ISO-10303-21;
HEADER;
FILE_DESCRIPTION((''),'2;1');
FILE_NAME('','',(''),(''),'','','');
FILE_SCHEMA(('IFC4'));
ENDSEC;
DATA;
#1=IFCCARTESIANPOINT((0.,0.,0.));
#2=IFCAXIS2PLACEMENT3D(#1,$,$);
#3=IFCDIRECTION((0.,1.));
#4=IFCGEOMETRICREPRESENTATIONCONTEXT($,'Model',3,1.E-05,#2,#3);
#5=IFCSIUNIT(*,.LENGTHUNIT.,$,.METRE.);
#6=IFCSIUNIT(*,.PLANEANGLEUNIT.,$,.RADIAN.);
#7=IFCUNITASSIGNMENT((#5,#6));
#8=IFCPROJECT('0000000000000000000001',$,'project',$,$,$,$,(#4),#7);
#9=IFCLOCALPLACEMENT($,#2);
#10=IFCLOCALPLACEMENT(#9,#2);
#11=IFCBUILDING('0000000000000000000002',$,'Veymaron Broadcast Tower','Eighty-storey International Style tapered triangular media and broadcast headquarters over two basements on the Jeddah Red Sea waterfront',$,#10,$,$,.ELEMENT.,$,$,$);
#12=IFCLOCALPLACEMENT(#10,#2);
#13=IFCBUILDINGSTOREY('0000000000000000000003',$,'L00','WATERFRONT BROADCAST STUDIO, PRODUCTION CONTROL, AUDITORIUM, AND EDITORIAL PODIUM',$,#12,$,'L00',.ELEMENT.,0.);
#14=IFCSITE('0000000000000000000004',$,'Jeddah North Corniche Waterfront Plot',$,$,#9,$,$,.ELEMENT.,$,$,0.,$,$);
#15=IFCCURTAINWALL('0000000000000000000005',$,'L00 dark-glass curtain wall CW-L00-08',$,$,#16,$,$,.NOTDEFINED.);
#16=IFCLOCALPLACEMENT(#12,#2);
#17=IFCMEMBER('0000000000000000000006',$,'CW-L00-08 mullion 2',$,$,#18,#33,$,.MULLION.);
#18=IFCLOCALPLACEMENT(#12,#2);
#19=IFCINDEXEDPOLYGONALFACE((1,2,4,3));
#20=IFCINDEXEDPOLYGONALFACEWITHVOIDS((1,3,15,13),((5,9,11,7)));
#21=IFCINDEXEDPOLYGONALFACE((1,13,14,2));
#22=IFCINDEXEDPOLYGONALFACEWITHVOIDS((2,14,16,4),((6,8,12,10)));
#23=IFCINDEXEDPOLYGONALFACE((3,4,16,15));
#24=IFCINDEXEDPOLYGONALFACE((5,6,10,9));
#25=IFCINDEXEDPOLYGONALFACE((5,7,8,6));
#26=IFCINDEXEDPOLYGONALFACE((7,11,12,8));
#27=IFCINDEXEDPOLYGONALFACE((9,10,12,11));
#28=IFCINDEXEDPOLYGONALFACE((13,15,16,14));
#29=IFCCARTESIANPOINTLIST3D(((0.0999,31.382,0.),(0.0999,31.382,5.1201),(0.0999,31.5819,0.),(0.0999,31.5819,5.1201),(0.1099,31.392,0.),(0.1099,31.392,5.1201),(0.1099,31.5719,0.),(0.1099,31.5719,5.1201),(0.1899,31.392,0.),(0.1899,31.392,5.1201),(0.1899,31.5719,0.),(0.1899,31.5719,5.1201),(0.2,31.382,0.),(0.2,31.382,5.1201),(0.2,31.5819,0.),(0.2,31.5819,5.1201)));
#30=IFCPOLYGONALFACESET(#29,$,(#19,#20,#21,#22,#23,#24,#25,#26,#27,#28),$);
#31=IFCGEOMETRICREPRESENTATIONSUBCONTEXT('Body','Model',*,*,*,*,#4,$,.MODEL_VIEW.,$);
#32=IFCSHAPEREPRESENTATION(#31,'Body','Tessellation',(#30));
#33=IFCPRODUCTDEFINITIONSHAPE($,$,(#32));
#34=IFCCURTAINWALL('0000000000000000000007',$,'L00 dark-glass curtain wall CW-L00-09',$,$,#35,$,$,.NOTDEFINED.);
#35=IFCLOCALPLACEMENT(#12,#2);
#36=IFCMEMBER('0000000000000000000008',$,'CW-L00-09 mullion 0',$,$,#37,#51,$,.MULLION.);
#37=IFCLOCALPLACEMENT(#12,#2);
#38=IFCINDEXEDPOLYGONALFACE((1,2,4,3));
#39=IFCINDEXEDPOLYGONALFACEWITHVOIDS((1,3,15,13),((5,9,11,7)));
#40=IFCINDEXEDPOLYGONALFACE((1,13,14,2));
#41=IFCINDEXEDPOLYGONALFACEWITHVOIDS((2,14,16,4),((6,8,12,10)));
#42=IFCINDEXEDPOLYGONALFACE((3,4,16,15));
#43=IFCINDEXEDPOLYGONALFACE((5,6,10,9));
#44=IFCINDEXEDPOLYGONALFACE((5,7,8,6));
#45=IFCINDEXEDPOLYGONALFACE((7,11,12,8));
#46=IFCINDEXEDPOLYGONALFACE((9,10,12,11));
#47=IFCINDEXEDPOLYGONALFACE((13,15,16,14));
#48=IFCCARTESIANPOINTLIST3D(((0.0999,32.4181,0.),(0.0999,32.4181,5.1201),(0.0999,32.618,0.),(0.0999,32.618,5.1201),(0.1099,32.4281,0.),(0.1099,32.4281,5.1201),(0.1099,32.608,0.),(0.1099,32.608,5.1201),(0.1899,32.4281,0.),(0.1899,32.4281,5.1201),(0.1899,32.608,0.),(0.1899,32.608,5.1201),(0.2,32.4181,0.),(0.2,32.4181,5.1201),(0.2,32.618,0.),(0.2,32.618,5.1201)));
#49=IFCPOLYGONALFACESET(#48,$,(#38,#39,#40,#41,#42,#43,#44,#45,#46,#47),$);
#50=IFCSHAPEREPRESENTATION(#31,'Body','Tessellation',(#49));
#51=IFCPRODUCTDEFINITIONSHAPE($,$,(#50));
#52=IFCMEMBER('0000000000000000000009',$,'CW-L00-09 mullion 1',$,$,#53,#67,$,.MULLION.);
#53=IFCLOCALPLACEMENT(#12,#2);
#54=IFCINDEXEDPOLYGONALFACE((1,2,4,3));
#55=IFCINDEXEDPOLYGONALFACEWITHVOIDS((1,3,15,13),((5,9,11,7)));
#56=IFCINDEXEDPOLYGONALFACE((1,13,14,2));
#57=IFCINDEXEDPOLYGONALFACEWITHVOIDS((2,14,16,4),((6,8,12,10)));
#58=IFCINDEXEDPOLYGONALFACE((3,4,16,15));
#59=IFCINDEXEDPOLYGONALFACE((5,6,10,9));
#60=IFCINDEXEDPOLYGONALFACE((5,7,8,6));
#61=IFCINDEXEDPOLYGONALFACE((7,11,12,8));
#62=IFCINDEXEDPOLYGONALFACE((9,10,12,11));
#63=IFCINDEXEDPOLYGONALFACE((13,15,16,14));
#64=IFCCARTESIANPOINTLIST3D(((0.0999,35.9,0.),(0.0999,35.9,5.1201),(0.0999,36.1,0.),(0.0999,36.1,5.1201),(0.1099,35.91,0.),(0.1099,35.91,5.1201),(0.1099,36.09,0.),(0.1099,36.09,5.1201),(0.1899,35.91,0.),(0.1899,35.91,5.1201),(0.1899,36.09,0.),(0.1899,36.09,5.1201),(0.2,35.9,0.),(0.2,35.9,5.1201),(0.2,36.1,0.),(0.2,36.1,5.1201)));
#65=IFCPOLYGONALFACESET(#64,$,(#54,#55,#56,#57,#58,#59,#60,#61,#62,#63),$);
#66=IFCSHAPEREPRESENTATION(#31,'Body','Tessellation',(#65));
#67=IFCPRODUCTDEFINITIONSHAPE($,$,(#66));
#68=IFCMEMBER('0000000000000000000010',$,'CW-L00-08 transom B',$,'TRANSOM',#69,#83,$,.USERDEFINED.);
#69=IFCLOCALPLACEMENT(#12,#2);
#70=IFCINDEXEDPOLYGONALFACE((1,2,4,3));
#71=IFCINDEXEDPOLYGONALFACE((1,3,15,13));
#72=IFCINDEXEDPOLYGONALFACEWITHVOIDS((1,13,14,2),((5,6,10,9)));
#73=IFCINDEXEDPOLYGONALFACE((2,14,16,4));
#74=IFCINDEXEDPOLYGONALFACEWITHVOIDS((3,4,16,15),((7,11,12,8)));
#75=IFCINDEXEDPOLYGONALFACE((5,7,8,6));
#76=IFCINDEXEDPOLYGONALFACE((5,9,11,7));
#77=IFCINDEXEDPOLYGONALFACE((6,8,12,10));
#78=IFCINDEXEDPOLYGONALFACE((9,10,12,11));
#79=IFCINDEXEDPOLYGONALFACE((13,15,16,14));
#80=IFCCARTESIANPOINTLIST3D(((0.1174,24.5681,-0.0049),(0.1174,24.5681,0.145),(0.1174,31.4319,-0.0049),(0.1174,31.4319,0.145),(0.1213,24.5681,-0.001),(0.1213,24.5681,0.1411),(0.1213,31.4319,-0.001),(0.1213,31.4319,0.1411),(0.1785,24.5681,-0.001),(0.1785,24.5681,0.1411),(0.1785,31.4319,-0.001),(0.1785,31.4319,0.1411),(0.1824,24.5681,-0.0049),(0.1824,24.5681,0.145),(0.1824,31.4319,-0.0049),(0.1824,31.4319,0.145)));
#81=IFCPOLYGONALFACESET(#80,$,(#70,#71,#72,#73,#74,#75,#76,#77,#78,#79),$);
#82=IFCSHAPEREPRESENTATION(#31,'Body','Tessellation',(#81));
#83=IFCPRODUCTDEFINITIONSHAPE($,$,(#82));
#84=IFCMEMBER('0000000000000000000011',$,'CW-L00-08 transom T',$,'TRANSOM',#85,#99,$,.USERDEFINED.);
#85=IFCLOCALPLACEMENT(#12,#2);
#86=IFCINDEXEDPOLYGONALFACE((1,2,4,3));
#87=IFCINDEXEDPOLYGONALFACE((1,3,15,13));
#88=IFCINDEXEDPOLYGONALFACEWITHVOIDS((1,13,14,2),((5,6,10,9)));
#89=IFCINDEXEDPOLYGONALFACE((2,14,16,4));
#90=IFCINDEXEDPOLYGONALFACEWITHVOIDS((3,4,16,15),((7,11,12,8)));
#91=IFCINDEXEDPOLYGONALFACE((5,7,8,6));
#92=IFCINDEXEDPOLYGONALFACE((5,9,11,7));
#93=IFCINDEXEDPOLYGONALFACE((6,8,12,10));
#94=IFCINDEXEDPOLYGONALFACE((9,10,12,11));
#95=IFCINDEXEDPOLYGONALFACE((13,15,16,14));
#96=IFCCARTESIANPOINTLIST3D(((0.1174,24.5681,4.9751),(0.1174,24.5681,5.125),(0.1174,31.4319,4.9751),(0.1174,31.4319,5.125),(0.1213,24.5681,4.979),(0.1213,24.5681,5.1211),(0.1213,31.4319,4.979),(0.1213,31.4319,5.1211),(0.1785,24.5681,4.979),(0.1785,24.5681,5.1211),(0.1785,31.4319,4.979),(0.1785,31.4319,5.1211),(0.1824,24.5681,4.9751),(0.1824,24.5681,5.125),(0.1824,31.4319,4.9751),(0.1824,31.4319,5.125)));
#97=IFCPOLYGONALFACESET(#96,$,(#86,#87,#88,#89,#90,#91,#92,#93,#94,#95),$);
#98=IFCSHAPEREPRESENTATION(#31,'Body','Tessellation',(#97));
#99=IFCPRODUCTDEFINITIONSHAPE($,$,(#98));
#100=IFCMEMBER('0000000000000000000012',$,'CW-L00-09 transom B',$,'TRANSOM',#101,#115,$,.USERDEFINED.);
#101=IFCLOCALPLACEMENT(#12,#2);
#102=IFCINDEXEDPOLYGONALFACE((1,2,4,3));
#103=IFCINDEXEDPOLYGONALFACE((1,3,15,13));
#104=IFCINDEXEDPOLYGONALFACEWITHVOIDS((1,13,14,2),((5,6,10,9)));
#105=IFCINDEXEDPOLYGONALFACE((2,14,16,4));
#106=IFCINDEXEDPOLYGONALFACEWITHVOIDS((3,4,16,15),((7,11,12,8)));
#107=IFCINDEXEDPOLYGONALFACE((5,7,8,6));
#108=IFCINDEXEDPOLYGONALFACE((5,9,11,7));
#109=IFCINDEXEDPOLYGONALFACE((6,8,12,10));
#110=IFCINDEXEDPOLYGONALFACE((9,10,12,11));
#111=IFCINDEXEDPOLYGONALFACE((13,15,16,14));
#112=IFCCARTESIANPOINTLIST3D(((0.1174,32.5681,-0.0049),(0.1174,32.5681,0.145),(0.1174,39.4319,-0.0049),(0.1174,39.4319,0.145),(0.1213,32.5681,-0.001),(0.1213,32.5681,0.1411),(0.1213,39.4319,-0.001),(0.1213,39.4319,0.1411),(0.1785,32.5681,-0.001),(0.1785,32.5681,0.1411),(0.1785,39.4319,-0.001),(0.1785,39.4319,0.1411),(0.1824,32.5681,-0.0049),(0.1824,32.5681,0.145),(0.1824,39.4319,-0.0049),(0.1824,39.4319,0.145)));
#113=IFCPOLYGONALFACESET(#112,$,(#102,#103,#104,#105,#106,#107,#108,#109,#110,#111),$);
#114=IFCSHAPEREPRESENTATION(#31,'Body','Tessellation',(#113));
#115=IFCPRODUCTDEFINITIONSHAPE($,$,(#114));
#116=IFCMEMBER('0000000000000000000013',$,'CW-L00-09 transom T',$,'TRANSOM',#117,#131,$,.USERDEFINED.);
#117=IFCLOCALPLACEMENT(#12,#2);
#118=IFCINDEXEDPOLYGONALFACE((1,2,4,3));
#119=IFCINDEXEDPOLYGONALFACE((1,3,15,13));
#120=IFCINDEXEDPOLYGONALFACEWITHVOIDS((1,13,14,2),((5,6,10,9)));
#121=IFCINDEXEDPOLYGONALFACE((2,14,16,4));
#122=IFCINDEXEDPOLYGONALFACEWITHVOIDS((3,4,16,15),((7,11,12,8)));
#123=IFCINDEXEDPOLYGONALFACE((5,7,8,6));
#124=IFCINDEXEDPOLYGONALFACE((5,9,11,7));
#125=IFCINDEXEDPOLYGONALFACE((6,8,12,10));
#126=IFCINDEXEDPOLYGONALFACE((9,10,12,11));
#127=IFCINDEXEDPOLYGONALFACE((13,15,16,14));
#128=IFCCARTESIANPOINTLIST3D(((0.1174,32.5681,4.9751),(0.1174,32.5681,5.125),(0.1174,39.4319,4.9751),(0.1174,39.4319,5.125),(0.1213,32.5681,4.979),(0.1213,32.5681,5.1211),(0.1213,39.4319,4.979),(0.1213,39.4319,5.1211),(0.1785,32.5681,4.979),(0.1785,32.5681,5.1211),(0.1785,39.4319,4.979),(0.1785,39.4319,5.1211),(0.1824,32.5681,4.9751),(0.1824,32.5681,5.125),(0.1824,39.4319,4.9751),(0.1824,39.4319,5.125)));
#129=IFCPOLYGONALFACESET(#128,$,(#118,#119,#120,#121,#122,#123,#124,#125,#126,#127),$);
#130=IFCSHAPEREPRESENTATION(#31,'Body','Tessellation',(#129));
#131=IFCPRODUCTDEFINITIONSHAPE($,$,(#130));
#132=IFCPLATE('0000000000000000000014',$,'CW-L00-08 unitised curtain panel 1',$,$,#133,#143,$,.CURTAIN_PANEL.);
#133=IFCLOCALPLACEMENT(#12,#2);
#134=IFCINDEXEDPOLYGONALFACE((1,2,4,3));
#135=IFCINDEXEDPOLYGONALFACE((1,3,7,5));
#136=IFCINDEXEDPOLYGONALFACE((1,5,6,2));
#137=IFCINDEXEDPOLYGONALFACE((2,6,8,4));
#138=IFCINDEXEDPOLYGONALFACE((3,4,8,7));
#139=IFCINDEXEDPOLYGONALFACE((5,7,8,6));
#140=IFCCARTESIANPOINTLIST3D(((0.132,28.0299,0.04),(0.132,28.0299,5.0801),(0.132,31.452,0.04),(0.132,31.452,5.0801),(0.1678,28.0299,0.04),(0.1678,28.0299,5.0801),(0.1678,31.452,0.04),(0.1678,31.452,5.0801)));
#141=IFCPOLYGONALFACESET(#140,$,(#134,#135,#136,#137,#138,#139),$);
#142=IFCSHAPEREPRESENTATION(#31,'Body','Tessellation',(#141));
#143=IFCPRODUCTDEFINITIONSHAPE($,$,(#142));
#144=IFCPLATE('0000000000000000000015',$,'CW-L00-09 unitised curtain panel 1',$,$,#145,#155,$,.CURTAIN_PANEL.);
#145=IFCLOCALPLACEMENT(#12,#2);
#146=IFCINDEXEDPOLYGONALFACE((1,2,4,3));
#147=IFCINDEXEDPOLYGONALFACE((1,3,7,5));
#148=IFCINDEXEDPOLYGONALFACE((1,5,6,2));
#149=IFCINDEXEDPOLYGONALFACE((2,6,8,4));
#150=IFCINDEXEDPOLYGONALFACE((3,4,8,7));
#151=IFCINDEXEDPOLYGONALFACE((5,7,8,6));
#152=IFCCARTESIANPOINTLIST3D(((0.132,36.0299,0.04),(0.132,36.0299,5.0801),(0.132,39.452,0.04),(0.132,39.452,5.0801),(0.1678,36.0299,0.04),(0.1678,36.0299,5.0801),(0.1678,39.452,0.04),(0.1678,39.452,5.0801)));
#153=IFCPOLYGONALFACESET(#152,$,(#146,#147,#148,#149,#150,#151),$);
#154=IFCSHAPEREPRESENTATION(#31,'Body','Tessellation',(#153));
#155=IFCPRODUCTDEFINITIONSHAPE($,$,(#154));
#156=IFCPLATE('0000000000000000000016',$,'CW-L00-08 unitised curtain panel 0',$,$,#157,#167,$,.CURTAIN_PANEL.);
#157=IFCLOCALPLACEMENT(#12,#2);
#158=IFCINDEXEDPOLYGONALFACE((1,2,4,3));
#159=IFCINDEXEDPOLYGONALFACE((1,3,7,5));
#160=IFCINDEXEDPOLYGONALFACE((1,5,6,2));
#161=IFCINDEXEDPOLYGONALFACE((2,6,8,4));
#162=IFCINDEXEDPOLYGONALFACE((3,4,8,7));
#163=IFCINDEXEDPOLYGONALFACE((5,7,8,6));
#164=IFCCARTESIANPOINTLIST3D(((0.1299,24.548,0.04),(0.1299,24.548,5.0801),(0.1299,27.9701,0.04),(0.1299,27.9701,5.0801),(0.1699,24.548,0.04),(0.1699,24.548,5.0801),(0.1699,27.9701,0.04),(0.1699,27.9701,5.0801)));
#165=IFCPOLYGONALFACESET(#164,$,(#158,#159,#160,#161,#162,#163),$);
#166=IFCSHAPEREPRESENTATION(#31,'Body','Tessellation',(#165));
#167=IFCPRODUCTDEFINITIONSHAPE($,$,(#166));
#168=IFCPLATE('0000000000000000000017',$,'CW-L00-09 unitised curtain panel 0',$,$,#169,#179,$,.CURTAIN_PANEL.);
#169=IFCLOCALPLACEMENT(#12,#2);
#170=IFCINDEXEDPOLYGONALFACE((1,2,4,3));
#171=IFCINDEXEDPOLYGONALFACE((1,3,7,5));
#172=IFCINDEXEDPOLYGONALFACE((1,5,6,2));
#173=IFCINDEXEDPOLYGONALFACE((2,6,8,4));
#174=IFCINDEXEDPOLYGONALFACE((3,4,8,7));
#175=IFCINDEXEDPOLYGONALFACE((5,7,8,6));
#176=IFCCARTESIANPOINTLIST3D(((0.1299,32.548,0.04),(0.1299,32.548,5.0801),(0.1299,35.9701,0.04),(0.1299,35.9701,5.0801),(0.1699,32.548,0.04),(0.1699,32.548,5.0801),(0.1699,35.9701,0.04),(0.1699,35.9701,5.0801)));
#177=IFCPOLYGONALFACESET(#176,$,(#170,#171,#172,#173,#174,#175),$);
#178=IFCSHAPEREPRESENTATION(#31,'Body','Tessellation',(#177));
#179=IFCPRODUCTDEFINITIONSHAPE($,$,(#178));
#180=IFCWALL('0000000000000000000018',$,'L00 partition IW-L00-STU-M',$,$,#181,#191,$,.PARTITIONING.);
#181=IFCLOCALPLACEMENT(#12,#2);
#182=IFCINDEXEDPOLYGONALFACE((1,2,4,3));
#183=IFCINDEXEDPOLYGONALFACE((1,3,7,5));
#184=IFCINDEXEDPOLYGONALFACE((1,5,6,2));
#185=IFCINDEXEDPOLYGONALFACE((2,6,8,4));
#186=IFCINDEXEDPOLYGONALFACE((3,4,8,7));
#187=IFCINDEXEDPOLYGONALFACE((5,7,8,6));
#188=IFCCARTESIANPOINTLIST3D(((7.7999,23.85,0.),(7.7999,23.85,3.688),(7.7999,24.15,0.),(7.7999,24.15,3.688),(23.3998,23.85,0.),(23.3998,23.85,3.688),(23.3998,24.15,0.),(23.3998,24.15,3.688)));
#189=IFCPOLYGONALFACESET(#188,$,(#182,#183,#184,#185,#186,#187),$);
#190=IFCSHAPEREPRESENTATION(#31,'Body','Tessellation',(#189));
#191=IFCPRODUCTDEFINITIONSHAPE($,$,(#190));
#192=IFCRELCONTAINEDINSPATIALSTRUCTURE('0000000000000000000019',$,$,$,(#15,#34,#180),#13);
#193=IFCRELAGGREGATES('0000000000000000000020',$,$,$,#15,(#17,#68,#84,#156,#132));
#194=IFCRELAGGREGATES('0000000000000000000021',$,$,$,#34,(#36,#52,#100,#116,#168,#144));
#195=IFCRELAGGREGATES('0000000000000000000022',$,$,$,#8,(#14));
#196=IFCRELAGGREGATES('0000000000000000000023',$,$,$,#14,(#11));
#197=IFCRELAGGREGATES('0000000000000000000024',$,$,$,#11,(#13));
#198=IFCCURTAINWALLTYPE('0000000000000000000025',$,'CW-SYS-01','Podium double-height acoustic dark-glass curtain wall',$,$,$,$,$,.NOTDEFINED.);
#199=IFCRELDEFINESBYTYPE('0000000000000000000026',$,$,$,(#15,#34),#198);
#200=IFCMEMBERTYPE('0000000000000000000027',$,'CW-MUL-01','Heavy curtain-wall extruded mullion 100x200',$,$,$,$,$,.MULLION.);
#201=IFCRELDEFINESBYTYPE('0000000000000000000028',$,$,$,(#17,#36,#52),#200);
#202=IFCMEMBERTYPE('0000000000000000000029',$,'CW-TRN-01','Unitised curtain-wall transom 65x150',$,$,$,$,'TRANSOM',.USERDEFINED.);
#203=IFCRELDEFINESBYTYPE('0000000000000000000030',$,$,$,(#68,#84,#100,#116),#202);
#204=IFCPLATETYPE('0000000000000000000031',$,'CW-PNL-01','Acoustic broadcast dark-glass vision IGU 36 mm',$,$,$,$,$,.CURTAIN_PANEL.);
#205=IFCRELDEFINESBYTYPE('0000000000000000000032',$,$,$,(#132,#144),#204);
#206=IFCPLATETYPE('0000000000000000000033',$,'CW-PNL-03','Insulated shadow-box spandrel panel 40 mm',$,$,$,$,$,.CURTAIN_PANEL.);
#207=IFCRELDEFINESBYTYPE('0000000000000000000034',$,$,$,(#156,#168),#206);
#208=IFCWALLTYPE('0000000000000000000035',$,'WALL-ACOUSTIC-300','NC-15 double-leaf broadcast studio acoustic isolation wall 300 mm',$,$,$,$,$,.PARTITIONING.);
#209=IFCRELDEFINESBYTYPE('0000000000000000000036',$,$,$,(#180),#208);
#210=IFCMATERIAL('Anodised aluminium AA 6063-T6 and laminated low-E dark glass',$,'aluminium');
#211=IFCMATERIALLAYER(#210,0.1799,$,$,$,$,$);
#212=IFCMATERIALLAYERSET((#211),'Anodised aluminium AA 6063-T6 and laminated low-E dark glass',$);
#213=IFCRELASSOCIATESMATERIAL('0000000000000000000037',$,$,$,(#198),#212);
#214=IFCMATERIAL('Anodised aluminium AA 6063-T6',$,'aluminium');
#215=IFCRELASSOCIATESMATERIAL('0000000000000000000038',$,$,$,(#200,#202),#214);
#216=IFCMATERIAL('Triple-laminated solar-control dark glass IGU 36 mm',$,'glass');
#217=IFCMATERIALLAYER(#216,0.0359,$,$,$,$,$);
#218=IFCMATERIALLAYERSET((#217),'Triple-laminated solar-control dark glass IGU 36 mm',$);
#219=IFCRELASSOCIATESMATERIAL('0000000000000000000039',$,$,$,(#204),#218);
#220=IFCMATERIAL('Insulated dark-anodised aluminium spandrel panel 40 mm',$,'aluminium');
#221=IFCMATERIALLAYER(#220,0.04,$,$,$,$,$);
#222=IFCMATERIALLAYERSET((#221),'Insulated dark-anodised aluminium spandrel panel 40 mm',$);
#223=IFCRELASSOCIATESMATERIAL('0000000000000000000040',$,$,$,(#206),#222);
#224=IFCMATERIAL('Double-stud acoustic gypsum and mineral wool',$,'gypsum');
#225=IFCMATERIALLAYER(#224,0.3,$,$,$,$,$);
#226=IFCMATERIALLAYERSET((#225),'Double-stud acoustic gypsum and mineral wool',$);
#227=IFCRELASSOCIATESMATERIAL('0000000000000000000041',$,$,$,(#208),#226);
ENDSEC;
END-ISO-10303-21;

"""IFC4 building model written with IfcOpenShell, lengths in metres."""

from ifc_helpers import new_model, si_unit, direction, frame, frame_2d, origin, origin_2d, place, context, subcontext, project, spatial, rectangle, hollow_rectangle, extrude, material, layer, layer_set, material_profile, profile_set, type_object, element, aggregate, save


model = new_model("IFC4")

# Units and contexts
model_context = context("Model", 3, precision=1e-05, world=origin(), true_north=direction((0.0, 1.0)))
body_context = subcontext(model_context, "Body", "Model", "MODEL_VIEW")
ifc_project = project(units=[si_unit("LENGTHUNIT", "METRE"), si_unit("PLANEANGLEUNIT", "RADIAN")], contexts=[model_context])

# Site, building, storey
site_placement = place(None, origin())
site = spatial("IfcSite", under=ifc_project, at=site_placement, Name="Jeddah North Corniche Waterfront Plot", CompositionType="ELEMENT", RefElevation=0.0)
building_placement = place(site_placement, origin())
building = spatial("IfcBuilding", under=site, at=building_placement, Name="Veymaron Broadcast Tower", Description="Eighty-storey International Style tapered triangular media and broadcast headquarters over two basements on the Jeddah Red Sea waterfront", CompositionType="ELEMENT")
storey_placement = place(building_placement, origin())
storey = spatial("IfcBuildingStorey", under=building, at=storey_placement, Name="L00", Description="WATERFRONT BROADCAST STUDIO, PRODUCTION CONTROL, AUDITORIUM, AND EDITORIAL PODIUM", LongName="L00", CompositionType="ELEMENT", Elevation=0.0)

# Shared definitions
ifc_material_1 = material(Name="Anodised aluminium AA 6063-T6 and laminated low-E dark glass", Category="aluminium")
ifc_layer_1 = layer(ifc_material_1, 0.1799)
ifc_layer_set_1 = layer_set([ifc_layer_1], Name="Anodised aluminium AA 6063-T6 and laminated low-E dark glass")
curtain_wall_type = type_object("IfcCurtainWallType", Name="CW-SYS-01", Description="Podium double-height acoustic dark-glass curtain wall", PredefinedType="NOTDEFINED", material=ifc_layer_set_1)
ifc_material_2 = material(Name="Anodised aluminium AA 6063-T6", Category="aluminium")
ifc_material_profile_1 = material_profile(ifc_material_2, hollow_rectangle(XDim=0.1001, YDim=0.2, WallThickness=0.01, at=origin_2d()), Name="RHS200X100X10")
ifc_profile_set_1 = profile_set([ifc_material_profile_1], Name="Anodised aluminium AA 6063-T6")
member_type_1 = type_object("IfcMemberType", Name="CW-MUL-01", Description="Heavy curtain-wall extruded mullion 100x200", PredefinedType="MULLION", material=ifc_profile_set_1)

# Curtain walls, members
curtain_wall_1_placement = place(storey_placement, origin())
curtain_wall_1 = element("IfcCurtainWall", 1, at=curtain_wall_1_placement, inside=storey, type_object=curtain_wall_type, Name="L00 dark-glass curtain wall CW-L00-08", PredefinedType="NOTDEFINED")
member_1_placement = place(storey_placement, frame((0.1499, 31.4819, 0.0), z_axis=(0.0, 0.0, 1.0), x_axis=(1.0, 0.0, 0.0)))
member_1 = element("IfcMember", 2, at=member_1_placement, type_object=member_type_1, Name="CW-L00-08 mullion 2", PredefinedType="MULLION", context=body_context, shape_type="SweptSolid", body=[
    extrude(hollow_rectangle(XDim=0.1001, YDim=0.2, WallThickness=0.01, at=origin_2d()), origin(), (0.0, 0.0, 1.0), 5.1201),
])
curtain_wall_2_placement = place(storey_placement, origin())
curtain_wall_2 = element("IfcCurtainWall", 3, at=curtain_wall_2_placement, inside=storey, type_object=curtain_wall_type, Name="L00 dark-glass curtain wall CW-L00-09", PredefinedType="NOTDEFINED")
member_2_placement = place(storey_placement, frame((0.1499, 32.5181, 0.0), z_axis=(0.0, 0.0, 1.0), x_axis=(1.0, 0.0, 0.0)))
member_2 = element("IfcMember", 4, at=member_2_placement, type_object=member_type_1, Name="CW-L00-09 mullion 0", PredefinedType="MULLION", context=body_context, shape_type="SweptSolid", body=[
    extrude(hollow_rectangle(XDim=0.1001, YDim=0.2, WallThickness=0.01, at=origin_2d()), origin(), (0.0, 0.0, 1.0), 5.1201),
])
member_3_placement = place(storey_placement, frame((0.1499, 36.0, 0.0), z_axis=(0.0, 0.0, 1.0), x_axis=(1.0, 0.0, 0.0)))
member_3 = element("IfcMember", 5, at=member_3_placement, type_object=member_type_1, Name="CW-L00-09 mullion 1", PredefinedType="MULLION", context=body_context, shape_type="SweptSolid", body=[
    extrude(hollow_rectangle(XDim=0.1001, YDim=0.2, WallThickness=0.01, at=origin_2d()), origin(), (0.0, 0.0, 1.0), 5.1201),
])

# Members
ifc_material_profile_2 = material_profile(ifc_material_2, hollow_rectangle(XDim=0.0649, YDim=0.1499, WallThickness=0.0039, at=origin_2d()), Name="AL150X65X4")
ifc_profile_set_2 = profile_set([ifc_material_profile_2], Name="Anodised aluminium AA 6063-T6")
member_type_2 = type_object("IfcMemberType", Name="CW-TRN-01", Description="Unitised curtain-wall transom 65x150", ElementType="TRANSOM", PredefinedType="USERDEFINED", material=ifc_profile_set_2)
member_4_placement = place(storey_placement, frame((0.1499, 24.5681, 0.0701), z_axis=(0.0, 1.0, 0.0), x_axis=(-1.0, 0.0, 0.0)))
member_4 = element("IfcMember", 6, at=member_4_placement, type_object=member_type_2, Name="CW-L00-08 transom B", ObjectType="TRANSOM", PredefinedType="USERDEFINED", context=body_context, shape_type="SweptSolid", body=[
    extrude(hollow_rectangle(XDim=0.0649, YDim=0.1499, WallThickness=0.0039, at=origin_2d()), origin(), (0.0, 0.0, 1.0), 6.8638),
])
member_5_placement = place(storey_placement, frame((0.1499, 24.5681, 5.05), z_axis=(0.0, 1.0, 0.0), x_axis=(-1.0, 0.0, 0.0)))
member_5 = element("IfcMember", 7, at=member_5_placement, type_object=member_type_2, Name="CW-L00-08 transom T", ObjectType="TRANSOM", PredefinedType="USERDEFINED", context=body_context, shape_type="SweptSolid", body=[
    extrude(hollow_rectangle(XDim=0.0649, YDim=0.1499, WallThickness=0.0039, at=origin_2d()), origin(), (0.0, 0.0, 1.0), 6.8638),
])
member_6_placement = place(storey_placement, frame((0.1499, 32.5681, 0.0701), z_axis=(0.0, 1.0, 0.0), x_axis=(-1.0, 0.0, 0.0)))
member_6 = element("IfcMember", 8, at=member_6_placement, type_object=member_type_2, Name="CW-L00-09 transom B", ObjectType="TRANSOM", PredefinedType="USERDEFINED", context=body_context, shape_type="SweptSolid", body=[
    extrude(hollow_rectangle(XDim=0.0649, YDim=0.1499, WallThickness=0.0039, at=origin_2d()), origin(), (0.0, 0.0, 1.0), 6.8638),
])
member_7_placement = place(storey_placement, frame((0.1499, 32.5681, 5.05), z_axis=(0.0, 1.0, 0.0), x_axis=(-1.0, 0.0, 0.0)))
member_7 = element("IfcMember", 9, at=member_7_placement, type_object=member_type_2, Name="CW-L00-09 transom T", ObjectType="TRANSOM", PredefinedType="USERDEFINED", context=body_context, shape_type="SweptSolid", body=[
    extrude(hollow_rectangle(XDim=0.0649, YDim=0.1499, WallThickness=0.0039, at=origin_2d()), origin(), (0.0, 0.0, 1.0), 6.8638),
])

# Plates
ifc_material_3 = material(Name="Triple-laminated solar-control dark glass IGU 36 mm", Category="glass")
ifc_layer_2 = layer(ifc_material_3, 0.0359)
ifc_layer_set_2 = layer_set([ifc_layer_2], Name="Triple-laminated solar-control dark glass IGU 36 mm")
plate_type_1 = type_object("IfcPlateType", Name="CW-PNL-01", Description="Acoustic broadcast dark-glass vision IGU 36 mm", PredefinedType="CURTAIN_PANEL", material=ifc_layer_set_2)
plate_1_placement = place(storey_placement, frame((0.1499, 29.741, 0.04), z_axis=(0.0, 0.0, 1.0), x_axis=(0.0, 1.0, 0.0)))
plate_1 = element("IfcPlate", 10, at=plate_1_placement, type_object=plate_type_1, Name="CW-L00-08 unitised curtain panel 1", PredefinedType="CURTAIN_PANEL", context=body_context, shape_type="SweptSolid", body=[
    extrude(rectangle(XDim=3.4221, YDim=0.0359, at=origin_2d()), origin(), (0.0, 0.0, 1.0), 5.04),
])
plate_2_placement = place(storey_placement, frame((0.1499, 37.741, 0.04), z_axis=(0.0, 0.0, 1.0), x_axis=(0.0, 1.0, 0.0)))
plate_2 = element("IfcPlate", 11, at=plate_2_placement, type_object=plate_type_1, Name="CW-L00-09 unitised curtain panel 1", PredefinedType="CURTAIN_PANEL", context=body_context, shape_type="SweptSolid", body=[
    extrude(rectangle(XDim=3.4221, YDim=0.0359, at=origin_2d()), origin(), (0.0, 0.0, 1.0), 5.04),
])
ifc_material_4 = material(Name="Insulated dark-anodised aluminium spandrel panel 40 mm", Category="aluminium")
ifc_layer_3 = layer(ifc_material_4, 0.04)
ifc_layer_set_3 = layer_set([ifc_layer_3], Name="Insulated dark-anodised aluminium spandrel panel 40 mm")
plate_type_2 = type_object("IfcPlateType", Name="CW-PNL-03", Description="Insulated shadow-box spandrel panel 40 mm", PredefinedType="CURTAIN_PANEL", material=ifc_layer_set_3)
plate_3_placement = place(storey_placement, frame((0.1499, 26.259, 0.04), z_axis=(0.0, 0.0, 1.0), x_axis=(0.0, 1.0, 0.0)))
plate_3 = element("IfcPlate", 12, at=plate_3_placement, type_object=plate_type_2, Name="CW-L00-08 unitised curtain panel 0", PredefinedType="CURTAIN_PANEL", context=body_context, shape_type="SweptSolid", body=[
    extrude(rectangle(XDim=3.4221, YDim=0.04, at=origin_2d()), origin(), (0.0, 0.0, 1.0), 5.04),
])
aggregate(curtain_wall_1, [member_1, member_4, member_5, plate_3, plate_1])
plate_4_placement = place(storey_placement, frame((0.1499, 34.259, 0.04), z_axis=(0.0, 0.0, 1.0), x_axis=(0.0, 1.0, 0.0)))
plate_4 = element("IfcPlate", 13, at=plate_4_placement, type_object=plate_type_2, Name="CW-L00-09 unitised curtain panel 0", PredefinedType="CURTAIN_PANEL", context=body_context, shape_type="SweptSolid", body=[
    extrude(rectangle(XDim=3.4221, YDim=0.04, at=origin_2d()), origin(), (0.0, 0.0, 1.0), 5.04),
])
aggregate(curtain_wall_2, [member_2, member_3, member_6, member_7, plate_4, plate_2])

# Wall
ifc_material_5 = material(Name="Double-stud acoustic gypsum and mineral wool", Category="gypsum")
ifc_layer_4 = layer(ifc_material_5, 0.3)
ifc_layer_set_4 = layer_set([ifc_layer_4], Name="Double-stud acoustic gypsum and mineral wool")
wall_type = type_object("IfcWallType", Name="WALL-ACOUSTIC-300", Description="NC-15 double-leaf broadcast studio acoustic isolation wall 300 mm", PredefinedType="PARTITIONING", material=ifc_layer_set_4)
wall_placement = place(storey_placement, frame((7.8, 24.0, 0.0), z_axis=(0.0, 0.0, 1.0), x_axis=(1.0, 0.0, 0.0)))
element("IfcWall", 14, at=wall_placement, inside=storey, type_object=wall_type, Name="L00 partition IW-L00-STU-M", PredefinedType="PARTITIONING", context=body_context, shape_type="SweptSolid", body=[
    extrude(rectangle(XDim=15.5999, YDim=0.3, at=frame_2d((7.7998, 0.0))), origin(), (0.0, 0.0, 1.0), 3.688),
])

save(model, "model.ifc")
